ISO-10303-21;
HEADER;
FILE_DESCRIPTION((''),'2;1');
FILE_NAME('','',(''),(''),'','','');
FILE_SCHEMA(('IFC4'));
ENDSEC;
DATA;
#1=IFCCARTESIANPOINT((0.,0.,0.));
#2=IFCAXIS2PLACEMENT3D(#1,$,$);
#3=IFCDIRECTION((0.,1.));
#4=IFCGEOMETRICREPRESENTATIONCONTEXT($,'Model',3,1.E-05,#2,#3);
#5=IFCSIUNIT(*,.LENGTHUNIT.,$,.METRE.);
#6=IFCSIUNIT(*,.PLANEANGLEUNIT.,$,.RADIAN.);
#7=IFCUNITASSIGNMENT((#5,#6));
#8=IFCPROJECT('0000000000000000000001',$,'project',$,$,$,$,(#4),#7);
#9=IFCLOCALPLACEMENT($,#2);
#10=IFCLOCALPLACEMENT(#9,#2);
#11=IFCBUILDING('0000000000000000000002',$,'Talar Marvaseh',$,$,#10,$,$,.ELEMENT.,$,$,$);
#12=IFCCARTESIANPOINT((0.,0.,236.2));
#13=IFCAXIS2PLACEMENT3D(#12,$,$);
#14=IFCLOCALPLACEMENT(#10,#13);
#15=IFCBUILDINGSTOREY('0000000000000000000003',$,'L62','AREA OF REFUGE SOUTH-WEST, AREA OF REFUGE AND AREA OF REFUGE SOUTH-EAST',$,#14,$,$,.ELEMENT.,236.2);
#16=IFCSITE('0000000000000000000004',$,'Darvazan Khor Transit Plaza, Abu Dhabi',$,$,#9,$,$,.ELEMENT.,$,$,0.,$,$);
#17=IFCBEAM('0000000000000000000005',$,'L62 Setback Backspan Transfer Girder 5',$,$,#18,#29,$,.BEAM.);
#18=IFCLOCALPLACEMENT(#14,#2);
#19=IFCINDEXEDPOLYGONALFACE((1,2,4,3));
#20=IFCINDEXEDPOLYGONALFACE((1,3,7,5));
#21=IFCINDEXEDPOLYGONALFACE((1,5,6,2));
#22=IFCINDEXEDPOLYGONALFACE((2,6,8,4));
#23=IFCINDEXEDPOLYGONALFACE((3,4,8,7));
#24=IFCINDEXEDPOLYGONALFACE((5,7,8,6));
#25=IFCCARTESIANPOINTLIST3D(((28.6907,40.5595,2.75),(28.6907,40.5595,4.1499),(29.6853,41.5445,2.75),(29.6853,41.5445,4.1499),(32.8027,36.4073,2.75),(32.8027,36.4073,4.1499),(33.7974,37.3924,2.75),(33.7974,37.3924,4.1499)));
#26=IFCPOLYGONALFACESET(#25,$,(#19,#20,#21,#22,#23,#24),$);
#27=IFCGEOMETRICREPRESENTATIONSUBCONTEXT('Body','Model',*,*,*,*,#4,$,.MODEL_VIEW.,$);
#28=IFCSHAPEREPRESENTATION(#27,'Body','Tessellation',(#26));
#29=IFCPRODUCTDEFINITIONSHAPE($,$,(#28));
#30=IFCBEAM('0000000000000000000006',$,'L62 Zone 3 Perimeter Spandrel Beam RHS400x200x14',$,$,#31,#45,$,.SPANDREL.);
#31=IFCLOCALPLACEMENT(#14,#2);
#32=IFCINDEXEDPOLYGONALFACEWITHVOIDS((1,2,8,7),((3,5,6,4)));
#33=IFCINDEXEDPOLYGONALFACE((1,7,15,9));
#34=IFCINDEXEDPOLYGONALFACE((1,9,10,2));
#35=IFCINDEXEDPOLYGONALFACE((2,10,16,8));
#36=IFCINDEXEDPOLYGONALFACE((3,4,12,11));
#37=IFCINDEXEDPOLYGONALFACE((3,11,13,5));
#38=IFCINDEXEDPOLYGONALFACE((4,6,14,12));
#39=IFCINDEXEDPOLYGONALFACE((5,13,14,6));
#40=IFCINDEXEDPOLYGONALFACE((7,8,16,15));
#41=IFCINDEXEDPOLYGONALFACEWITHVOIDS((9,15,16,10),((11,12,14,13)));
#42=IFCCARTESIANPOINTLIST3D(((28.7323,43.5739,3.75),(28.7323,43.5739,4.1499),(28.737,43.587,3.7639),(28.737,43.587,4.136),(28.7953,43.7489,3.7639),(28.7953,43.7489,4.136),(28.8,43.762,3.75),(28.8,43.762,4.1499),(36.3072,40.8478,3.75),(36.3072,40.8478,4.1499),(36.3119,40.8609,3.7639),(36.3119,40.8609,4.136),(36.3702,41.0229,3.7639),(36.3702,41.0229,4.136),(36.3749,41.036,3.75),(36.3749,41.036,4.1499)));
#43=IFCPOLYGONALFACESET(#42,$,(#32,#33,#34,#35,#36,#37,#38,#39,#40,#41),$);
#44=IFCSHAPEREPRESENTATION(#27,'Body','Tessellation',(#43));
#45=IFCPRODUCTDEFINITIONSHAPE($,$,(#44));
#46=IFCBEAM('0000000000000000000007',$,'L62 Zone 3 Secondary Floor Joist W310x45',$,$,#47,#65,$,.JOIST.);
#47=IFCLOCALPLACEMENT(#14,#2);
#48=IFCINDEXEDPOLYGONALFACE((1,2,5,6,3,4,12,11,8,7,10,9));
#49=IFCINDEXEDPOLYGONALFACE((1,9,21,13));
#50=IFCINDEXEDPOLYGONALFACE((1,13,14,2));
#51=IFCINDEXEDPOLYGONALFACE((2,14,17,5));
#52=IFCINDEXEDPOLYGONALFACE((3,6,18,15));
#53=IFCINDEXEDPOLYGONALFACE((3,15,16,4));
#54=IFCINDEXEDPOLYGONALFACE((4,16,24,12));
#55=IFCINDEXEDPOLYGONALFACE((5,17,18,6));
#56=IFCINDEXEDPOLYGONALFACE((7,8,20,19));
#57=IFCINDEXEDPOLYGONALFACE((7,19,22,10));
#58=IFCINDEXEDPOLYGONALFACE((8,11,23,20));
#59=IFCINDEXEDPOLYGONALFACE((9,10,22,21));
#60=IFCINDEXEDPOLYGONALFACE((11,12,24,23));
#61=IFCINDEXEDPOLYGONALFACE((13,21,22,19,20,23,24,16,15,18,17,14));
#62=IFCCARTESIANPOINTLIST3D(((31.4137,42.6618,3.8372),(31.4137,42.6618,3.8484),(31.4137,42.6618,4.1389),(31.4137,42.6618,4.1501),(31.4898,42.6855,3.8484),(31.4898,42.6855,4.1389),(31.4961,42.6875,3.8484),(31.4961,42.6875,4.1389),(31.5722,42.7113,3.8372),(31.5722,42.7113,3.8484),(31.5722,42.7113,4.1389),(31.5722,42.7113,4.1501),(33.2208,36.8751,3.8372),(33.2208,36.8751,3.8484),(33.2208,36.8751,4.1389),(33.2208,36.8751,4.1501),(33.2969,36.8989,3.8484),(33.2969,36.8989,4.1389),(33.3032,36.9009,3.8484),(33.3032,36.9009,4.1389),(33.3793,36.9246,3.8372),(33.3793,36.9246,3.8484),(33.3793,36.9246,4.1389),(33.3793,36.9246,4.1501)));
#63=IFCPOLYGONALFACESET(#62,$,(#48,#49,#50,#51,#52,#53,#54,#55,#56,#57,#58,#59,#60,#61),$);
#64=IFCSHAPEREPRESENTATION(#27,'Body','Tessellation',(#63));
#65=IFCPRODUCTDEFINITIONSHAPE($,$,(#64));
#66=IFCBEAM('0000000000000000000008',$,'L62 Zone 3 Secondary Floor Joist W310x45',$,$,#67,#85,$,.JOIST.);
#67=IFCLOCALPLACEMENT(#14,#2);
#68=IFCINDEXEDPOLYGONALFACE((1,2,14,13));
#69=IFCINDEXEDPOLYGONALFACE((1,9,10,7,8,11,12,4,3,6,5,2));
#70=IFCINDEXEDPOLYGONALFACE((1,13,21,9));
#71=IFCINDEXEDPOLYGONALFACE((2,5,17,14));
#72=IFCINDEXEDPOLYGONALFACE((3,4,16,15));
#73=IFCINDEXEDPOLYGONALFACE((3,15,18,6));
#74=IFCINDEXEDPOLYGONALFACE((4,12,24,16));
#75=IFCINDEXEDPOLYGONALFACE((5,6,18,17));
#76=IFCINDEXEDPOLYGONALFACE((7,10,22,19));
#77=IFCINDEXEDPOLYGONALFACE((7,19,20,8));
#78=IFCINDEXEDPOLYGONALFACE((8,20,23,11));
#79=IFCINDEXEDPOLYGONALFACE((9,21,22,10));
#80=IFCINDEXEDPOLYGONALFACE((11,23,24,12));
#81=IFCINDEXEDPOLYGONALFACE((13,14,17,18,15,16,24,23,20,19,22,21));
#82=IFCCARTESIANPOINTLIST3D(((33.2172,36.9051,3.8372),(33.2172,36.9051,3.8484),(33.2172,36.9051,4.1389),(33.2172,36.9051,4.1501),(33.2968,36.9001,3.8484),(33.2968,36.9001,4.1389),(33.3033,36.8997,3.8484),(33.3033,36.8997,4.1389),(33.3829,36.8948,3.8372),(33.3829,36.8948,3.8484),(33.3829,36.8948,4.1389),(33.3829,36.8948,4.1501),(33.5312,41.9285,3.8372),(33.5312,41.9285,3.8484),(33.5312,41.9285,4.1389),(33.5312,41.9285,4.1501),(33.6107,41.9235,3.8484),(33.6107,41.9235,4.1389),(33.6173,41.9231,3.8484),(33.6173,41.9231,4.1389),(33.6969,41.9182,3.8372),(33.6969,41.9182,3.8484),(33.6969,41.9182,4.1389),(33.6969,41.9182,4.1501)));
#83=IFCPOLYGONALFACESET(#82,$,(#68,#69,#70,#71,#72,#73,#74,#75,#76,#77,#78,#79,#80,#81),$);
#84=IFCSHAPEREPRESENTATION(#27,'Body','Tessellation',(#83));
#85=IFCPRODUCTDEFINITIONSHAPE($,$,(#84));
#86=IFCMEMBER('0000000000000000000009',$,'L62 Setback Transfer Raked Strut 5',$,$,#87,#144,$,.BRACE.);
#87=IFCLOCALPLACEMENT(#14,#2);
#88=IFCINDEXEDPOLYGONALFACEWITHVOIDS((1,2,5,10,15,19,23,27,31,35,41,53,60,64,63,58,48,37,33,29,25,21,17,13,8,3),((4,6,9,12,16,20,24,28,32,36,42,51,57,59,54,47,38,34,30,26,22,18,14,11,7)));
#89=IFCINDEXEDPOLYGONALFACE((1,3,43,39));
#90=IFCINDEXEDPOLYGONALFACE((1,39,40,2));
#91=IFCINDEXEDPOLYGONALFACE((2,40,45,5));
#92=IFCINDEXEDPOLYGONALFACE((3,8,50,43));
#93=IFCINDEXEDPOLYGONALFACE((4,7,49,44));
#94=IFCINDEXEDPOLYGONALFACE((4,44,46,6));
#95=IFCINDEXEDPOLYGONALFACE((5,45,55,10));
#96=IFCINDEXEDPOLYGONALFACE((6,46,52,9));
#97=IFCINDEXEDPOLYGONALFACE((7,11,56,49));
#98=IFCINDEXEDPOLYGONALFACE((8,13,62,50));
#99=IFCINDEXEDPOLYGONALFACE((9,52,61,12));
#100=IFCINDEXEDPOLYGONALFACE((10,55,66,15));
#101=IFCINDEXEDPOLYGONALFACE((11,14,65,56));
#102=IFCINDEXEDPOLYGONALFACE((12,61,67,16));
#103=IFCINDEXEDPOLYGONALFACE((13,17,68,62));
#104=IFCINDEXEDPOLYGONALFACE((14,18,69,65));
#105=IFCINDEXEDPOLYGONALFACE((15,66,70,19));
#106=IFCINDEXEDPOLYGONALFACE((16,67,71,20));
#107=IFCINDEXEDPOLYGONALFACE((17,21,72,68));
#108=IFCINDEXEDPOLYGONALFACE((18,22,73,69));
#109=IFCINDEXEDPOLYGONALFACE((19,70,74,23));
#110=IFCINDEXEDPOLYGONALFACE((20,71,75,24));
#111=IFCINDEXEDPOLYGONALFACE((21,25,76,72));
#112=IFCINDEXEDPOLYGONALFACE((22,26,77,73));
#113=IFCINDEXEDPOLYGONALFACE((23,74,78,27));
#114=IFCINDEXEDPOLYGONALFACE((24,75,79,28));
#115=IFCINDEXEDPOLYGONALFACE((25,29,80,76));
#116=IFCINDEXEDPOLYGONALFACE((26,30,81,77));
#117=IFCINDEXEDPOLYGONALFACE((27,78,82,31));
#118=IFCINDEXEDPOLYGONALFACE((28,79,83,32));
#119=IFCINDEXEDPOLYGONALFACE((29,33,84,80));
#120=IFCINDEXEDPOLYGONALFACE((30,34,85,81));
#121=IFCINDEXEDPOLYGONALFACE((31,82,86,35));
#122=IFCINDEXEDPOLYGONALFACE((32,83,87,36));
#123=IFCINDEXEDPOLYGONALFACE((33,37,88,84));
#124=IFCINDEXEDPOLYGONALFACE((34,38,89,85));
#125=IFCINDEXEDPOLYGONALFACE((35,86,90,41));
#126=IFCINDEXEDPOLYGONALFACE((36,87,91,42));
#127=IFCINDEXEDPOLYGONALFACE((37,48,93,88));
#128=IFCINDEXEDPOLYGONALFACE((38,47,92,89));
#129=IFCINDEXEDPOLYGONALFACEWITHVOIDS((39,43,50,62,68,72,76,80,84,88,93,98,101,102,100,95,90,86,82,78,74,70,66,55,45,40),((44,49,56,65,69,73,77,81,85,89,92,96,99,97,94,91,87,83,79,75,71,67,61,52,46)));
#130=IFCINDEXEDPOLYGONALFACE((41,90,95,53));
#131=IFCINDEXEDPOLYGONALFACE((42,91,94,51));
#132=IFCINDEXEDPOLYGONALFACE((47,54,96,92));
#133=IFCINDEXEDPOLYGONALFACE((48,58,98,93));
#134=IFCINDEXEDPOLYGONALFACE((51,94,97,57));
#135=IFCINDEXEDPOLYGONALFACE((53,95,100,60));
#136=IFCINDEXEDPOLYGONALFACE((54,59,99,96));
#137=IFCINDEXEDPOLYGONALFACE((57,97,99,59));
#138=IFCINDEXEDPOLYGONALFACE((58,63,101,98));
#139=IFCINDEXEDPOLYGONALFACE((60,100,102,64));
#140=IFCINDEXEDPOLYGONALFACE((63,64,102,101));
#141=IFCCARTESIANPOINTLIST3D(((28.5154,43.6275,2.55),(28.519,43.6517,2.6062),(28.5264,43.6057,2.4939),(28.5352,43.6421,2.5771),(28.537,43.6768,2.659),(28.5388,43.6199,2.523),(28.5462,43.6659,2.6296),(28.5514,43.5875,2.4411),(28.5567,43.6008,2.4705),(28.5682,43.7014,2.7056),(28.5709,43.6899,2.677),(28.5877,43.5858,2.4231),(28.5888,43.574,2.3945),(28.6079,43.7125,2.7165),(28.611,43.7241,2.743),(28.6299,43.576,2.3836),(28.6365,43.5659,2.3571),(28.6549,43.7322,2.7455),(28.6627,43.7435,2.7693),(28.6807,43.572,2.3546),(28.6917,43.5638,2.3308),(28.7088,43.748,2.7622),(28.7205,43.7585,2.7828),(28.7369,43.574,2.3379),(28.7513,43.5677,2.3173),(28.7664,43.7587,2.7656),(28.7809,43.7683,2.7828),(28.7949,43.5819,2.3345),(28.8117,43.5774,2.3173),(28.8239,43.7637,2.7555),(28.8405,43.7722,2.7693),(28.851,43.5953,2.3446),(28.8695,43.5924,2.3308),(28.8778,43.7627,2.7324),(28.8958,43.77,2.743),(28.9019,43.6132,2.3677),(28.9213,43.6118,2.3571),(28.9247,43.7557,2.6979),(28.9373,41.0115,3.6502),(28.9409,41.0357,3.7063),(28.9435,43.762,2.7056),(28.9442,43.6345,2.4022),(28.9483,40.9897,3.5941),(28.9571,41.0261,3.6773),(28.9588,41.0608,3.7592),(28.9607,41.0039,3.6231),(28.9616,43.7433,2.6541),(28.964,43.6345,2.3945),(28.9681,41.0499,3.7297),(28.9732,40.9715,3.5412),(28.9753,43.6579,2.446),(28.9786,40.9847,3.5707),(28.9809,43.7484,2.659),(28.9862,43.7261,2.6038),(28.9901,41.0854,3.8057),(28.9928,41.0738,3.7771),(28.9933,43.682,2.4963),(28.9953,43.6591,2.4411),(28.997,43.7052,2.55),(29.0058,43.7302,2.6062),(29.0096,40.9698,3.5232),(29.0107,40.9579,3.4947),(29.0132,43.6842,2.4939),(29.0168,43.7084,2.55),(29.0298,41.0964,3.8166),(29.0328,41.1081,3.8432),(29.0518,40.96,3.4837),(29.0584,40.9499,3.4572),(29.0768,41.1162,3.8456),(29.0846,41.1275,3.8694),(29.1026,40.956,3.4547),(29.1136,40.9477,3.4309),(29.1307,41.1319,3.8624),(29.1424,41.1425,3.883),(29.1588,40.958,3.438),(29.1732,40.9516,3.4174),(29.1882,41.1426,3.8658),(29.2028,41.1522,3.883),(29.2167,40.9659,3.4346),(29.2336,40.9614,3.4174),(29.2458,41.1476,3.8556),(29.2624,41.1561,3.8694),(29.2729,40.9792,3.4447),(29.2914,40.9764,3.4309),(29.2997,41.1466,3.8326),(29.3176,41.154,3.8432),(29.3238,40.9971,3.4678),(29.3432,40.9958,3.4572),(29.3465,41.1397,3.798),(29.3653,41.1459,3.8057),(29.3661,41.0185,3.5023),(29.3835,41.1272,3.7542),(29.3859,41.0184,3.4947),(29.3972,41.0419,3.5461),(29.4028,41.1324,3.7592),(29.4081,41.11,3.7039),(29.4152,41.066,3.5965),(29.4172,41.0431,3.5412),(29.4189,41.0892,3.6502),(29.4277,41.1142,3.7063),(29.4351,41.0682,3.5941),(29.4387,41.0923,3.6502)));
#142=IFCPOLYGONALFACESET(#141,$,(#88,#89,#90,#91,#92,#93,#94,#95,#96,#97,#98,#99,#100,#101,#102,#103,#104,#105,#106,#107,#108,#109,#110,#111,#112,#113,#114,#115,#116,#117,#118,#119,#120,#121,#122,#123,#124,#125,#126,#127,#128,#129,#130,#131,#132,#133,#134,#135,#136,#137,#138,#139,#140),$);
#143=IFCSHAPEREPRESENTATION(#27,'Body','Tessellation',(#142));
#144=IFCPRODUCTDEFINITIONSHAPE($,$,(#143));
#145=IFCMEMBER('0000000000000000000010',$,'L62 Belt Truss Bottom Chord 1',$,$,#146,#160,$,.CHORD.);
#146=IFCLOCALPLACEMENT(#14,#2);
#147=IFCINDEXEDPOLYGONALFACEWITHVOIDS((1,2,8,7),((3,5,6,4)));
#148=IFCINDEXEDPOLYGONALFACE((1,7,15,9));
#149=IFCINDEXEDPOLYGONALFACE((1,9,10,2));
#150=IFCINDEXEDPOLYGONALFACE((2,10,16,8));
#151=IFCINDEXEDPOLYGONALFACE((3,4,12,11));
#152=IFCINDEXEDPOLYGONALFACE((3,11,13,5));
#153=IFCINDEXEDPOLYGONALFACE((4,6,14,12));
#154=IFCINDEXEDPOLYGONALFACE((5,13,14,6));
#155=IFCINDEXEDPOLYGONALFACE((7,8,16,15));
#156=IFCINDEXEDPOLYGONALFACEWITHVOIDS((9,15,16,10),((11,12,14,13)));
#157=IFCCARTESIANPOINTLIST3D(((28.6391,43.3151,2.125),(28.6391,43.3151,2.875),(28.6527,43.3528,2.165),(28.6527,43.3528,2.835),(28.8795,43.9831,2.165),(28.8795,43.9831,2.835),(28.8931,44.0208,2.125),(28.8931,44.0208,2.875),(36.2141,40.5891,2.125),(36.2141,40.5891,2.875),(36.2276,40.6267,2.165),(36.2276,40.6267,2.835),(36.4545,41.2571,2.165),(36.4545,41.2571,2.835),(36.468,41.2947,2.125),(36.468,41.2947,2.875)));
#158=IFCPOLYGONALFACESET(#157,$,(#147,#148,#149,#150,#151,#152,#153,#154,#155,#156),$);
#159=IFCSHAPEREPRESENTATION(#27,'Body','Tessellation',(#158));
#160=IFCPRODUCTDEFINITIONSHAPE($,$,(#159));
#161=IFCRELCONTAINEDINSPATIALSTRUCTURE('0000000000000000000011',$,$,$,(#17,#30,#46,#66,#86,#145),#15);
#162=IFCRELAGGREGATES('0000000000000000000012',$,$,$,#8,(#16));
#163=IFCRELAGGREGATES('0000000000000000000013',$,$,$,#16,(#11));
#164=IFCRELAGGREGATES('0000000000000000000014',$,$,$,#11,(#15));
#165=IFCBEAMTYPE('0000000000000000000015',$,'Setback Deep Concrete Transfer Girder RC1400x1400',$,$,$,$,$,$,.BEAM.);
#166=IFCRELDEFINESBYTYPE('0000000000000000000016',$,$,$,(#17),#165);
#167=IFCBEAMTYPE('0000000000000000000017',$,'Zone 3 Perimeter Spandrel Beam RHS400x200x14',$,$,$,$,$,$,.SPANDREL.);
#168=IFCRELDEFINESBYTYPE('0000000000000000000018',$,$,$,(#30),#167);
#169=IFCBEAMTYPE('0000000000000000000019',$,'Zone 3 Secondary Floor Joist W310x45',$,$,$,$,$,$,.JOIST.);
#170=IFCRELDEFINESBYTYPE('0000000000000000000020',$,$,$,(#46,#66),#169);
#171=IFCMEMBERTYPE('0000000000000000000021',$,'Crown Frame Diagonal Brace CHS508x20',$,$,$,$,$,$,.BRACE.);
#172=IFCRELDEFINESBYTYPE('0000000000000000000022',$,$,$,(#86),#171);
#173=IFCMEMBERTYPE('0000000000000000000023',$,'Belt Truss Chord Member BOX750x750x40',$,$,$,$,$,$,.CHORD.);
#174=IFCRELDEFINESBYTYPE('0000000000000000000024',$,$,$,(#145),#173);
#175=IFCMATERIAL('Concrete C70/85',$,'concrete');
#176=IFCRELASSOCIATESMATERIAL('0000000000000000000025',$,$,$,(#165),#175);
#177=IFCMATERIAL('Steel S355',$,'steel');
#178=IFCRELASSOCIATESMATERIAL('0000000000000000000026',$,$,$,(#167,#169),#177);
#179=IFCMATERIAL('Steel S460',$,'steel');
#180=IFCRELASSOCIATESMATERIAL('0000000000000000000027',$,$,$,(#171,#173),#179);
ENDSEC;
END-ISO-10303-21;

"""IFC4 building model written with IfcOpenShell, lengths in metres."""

from ifc_helpers import new_model, si_unit, direction, frame, origin, origin_2d, place, context, subcontext, project, spatial, rectangle, hollow_rectangle, hollow_circle, i_section, extrude, source, transform, mapped, material, material_profile, profile_set, type_object, type_shapes, element, save


model = new_model("IFC4")

# Units and contexts
model_context = context("Model", 3, precision=1e-05, world=origin(), true_north=direction((0.0, 1.0)))
body_context = subcontext(model_context, "Body", "Model", "MODEL_VIEW")
ifc_project = project(units=[si_unit("LENGTHUNIT", "METRE"), si_unit("PLANEANGLEUNIT", "RADIAN")], contexts=[model_context])

# Site, building, storey
site_placement = place(None, origin())
site = spatial("IfcSite", under=ifc_project, at=site_placement, Name="Darvazan Khor Transit Plaza, Abu Dhabi", CompositionType="ELEMENT", RefElevation=0.0)
building_placement = place(site_placement, origin())
building = spatial("IfcBuilding", under=site, at=building_placement, Name="Talar Marvaseh", CompositionType="ELEMENT")
storey_placement = place(building_placement, frame((0.0, 0.0, 236.2)))
storey = spatial("IfcBuildingStorey", under=building, at=storey_placement, Name="L62", Description="AREA OF REFUGE SOUTH-WEST, AREA OF REFUGE AND AREA OF REFUGE SOUTH-EAST", CompositionType="ELEMENT", Elevation=236.2)

# Beams
ifc_material_1 = material(Name="Concrete C70/85", Category="concrete")
ifc_material_profile_1 = material_profile(ifc_material_1, rectangle(XDim=1.3999, YDim=1.3999, at=origin_2d()), Name="RC1400x1400")
ifc_profile_set_1 = profile_set([ifc_material_profile_1], Name="Concrete C70/85")
beam_type_1 = type_object("IfcBeamType", Name="Setback Deep Concrete Transfer Girder RC1400x1400", PredefinedType="BEAM", material=ifc_profile_set_1)
beam_1_placement = place(storey_placement, frame((29.188, 41.052, 3.45), z_axis=(0.703673, -0.710524, 0.0), x_axis=(0.710524, 0.703673, 0.0)))
element("IfcBeam", 1, at=beam_1_placement, inside=storey, type_object=beam_type_1, Name="L62 Setback Backspan Transfer Girder 5", PredefinedType="BEAM", context=body_context, shape_type="SweptSolid", body=[
    extrude(rectangle(XDim=1.3999, YDim=1.3999, at=origin_2d()), origin(), (0.0, 0.0, 1.0), 5.8438),
])
ifc_material_2 = material(Name="Steel S355", Category="steel")
ifc_material_profile_2 = material_profile(ifc_material_2, hollow_rectangle(XDim=0.2, YDim=0.3999, WallThickness=0.0139, at=origin_2d()), Name="RHS400x200x14")
ifc_profile_set_2 = profile_set([ifc_material_profile_2], Name="Steel S355")
beam_type_2 = type_object("IfcBeamType", Name="Zone 3 Perimeter Spandrel Beam RHS400x200x14", PredefinedType="SPANDREL", material=ifc_profile_set_2)
beam_2_placement = place(storey_placement, frame((28.7661, 43.668, 3.95), z_axis=(0.940923, -0.33862, 0.0), x_axis=(0.33862, 0.940923, 0.0)))
element("IfcBeam", 2, at=beam_2_placement, inside=storey, type_object=beam_type_2, Name="L62 Zone 3 Perimeter Spandrel Beam RHS400x200x14", PredefinedType="SPANDREL", context=body_context, shape_type="SweptSolid", body=[
    extrude(hollow_rectangle(XDim=0.2, YDim=0.3999, WallThickness=0.0139, at=origin_2d()), origin(), (0.0, 0.0, 1.0), 8.0505),
])
ifc_material_profile_3 = material_profile(ifc_material_2, i_section(OverallWidth=0.166, OverallDepth=0.313, WebThickness=0.0066, FlangeThickness=0.0112, at=origin_2d()), Name="W310x45")
ifc_profile_set_3 = profile_set([ifc_material_profile_3], Name="Steel S355")
beam_type_3 = type_object("IfcBeamType", Name="Zone 3 Secondary Floor Joist W310x45", PredefinedType="JOIST", material=ifc_profile_set_3)
beam_3_placement = place(storey_placement, frame((31.4929, 42.6865, 3.9937), z_axis=(0.298096, -0.954536, 0.0), x_axis=(0.954536, 0.298096, 0.0)))
element("IfcBeam", 3, at=beam_3_placement, inside=storey, type_object=beam_type_3, Name="L62 Zone 3 Secondary Floor Joist W310x45", PredefinedType="JOIST", context=body_context, shape_type="SweptSolid", body=[
    extrude(i_section(OverallWidth=0.166, OverallDepth=0.313, WebThickness=0.0066, FlangeThickness=0.0112, at=origin_2d()), origin(), (0.0, 0.0, 1.0), 6.0623),
])
beam_4_placement = place(storey_placement, frame((33.614, 41.9233, 3.9937), z_axis=(-0.062378, -0.998053, 0.0), x_axis=(0.998053, -0.062378, 0.0)))
element("IfcBeam", 4, at=beam_4_placement, inside=storey, type_object=beam_type_3, Name="L62 Zone 3 Secondary Floor Joist W310x45", PredefinedType="JOIST", context=body_context, shape_type="SweptSolid", body=[
    extrude(i_section(OverallWidth=0.166, OverallDepth=0.313, WebThickness=0.0066, FlangeThickness=0.0112, at=origin_2d()), origin(), (0.0, 0.0, 1.0), 5.0332),
])

# Members
ifc_material_3 = material(Name="Steel S460", Category="steel")
ifc_material_profile_4 = material_profile(ifc_material_3, hollow_circle(Radius=0.2539, WallThickness=0.02, at=origin_2d()), Name="CHS508x20")
ifc_profile_set_4 = profile_set([ifc_material_profile_4], Name="Steel S460")
member_type_1 = type_object("IfcMemberType", Name="Crown Frame Diagonal Brace CHS508x20", PredefinedType="BRACE", material=ifc_profile_set_4)
shared_shape_1 = source(origin(), body_context, "Body", "SweptSolid", [
    extrude(hollow_circle(Radius=0.2539, WallThickness=0.02, at=origin_2d()), origin(), (0.0, 0.0, 1.0), 2.8691),
])
type_shapes(member_type_1, [shared_shape_1])
member_1_placement = place(storey_placement, frame((28.7661, 43.668, 2.55), z_axis=(0.147043, -0.911787, 0.383436), x_axis=(0.987244, 0.159212, 0.0)))
element("IfcMember", 5, at=member_1_placement, inside=storey, type_object=member_type_1, Name="L62 Setback Transfer Raked Strut 5", PredefinedType="BRACE", context=body_context, shape_type="MappedRepresentation", body=[
    mapped(shared_shape_1, transform((0.0, 0.0, 0.0), x_axis=(1.0, 0.0, 0.0), y_axis=(0.0, 1.0, 0.0), z_axis=(0.0, 0.0, 1.0), scale=1.0)),
])
ifc_material_profile_5 = material_profile(ifc_material_3, hollow_rectangle(XDim=0.75, YDim=0.75, WallThickness=0.04, at=origin_2d()), Name="BOX750x750x40")
ifc_profile_set_5 = profile_set([ifc_material_profile_5], Name="Steel S460")
member_type_2 = type_object("IfcMemberType", Name="Belt Truss Chord Member BOX750x750x40", PredefinedType="CHORD", material=ifc_profile_set_5)
shared_shape_2 = source(origin(), body_context, "Body", "SweptSolid", [
    extrude(hollow_rectangle(XDim=0.75, YDim=0.75, WallThickness=0.04, at=origin_2d()), origin(), (0.0, 0.0, 1.0), 8.0505),
])
type_shapes(member_type_2, [shared_shape_2])
member_2_placement = place(storey_placement, frame((28.7661, 43.668, 2.5), z_axis=(0.940923, -0.33862, 0.0), x_axis=(0.33862, 0.940923, 0.0)))
element("IfcMember", 6, at=member_2_placement, inside=storey, type_object=member_type_2, Name="L62 Belt Truss Bottom Chord 1", PredefinedType="CHORD", context=body_context, shape_type="MappedRepresentation", body=[
    mapped(shared_shape_2, transform((0.0, 0.0, 0.0), x_axis=(1.0, 0.0, 0.0), y_axis=(0.0, 1.0, 0.0), z_axis=(0.0, 0.0, 1.0), scale=1.0)),
])

save(model, "model.ifc")
